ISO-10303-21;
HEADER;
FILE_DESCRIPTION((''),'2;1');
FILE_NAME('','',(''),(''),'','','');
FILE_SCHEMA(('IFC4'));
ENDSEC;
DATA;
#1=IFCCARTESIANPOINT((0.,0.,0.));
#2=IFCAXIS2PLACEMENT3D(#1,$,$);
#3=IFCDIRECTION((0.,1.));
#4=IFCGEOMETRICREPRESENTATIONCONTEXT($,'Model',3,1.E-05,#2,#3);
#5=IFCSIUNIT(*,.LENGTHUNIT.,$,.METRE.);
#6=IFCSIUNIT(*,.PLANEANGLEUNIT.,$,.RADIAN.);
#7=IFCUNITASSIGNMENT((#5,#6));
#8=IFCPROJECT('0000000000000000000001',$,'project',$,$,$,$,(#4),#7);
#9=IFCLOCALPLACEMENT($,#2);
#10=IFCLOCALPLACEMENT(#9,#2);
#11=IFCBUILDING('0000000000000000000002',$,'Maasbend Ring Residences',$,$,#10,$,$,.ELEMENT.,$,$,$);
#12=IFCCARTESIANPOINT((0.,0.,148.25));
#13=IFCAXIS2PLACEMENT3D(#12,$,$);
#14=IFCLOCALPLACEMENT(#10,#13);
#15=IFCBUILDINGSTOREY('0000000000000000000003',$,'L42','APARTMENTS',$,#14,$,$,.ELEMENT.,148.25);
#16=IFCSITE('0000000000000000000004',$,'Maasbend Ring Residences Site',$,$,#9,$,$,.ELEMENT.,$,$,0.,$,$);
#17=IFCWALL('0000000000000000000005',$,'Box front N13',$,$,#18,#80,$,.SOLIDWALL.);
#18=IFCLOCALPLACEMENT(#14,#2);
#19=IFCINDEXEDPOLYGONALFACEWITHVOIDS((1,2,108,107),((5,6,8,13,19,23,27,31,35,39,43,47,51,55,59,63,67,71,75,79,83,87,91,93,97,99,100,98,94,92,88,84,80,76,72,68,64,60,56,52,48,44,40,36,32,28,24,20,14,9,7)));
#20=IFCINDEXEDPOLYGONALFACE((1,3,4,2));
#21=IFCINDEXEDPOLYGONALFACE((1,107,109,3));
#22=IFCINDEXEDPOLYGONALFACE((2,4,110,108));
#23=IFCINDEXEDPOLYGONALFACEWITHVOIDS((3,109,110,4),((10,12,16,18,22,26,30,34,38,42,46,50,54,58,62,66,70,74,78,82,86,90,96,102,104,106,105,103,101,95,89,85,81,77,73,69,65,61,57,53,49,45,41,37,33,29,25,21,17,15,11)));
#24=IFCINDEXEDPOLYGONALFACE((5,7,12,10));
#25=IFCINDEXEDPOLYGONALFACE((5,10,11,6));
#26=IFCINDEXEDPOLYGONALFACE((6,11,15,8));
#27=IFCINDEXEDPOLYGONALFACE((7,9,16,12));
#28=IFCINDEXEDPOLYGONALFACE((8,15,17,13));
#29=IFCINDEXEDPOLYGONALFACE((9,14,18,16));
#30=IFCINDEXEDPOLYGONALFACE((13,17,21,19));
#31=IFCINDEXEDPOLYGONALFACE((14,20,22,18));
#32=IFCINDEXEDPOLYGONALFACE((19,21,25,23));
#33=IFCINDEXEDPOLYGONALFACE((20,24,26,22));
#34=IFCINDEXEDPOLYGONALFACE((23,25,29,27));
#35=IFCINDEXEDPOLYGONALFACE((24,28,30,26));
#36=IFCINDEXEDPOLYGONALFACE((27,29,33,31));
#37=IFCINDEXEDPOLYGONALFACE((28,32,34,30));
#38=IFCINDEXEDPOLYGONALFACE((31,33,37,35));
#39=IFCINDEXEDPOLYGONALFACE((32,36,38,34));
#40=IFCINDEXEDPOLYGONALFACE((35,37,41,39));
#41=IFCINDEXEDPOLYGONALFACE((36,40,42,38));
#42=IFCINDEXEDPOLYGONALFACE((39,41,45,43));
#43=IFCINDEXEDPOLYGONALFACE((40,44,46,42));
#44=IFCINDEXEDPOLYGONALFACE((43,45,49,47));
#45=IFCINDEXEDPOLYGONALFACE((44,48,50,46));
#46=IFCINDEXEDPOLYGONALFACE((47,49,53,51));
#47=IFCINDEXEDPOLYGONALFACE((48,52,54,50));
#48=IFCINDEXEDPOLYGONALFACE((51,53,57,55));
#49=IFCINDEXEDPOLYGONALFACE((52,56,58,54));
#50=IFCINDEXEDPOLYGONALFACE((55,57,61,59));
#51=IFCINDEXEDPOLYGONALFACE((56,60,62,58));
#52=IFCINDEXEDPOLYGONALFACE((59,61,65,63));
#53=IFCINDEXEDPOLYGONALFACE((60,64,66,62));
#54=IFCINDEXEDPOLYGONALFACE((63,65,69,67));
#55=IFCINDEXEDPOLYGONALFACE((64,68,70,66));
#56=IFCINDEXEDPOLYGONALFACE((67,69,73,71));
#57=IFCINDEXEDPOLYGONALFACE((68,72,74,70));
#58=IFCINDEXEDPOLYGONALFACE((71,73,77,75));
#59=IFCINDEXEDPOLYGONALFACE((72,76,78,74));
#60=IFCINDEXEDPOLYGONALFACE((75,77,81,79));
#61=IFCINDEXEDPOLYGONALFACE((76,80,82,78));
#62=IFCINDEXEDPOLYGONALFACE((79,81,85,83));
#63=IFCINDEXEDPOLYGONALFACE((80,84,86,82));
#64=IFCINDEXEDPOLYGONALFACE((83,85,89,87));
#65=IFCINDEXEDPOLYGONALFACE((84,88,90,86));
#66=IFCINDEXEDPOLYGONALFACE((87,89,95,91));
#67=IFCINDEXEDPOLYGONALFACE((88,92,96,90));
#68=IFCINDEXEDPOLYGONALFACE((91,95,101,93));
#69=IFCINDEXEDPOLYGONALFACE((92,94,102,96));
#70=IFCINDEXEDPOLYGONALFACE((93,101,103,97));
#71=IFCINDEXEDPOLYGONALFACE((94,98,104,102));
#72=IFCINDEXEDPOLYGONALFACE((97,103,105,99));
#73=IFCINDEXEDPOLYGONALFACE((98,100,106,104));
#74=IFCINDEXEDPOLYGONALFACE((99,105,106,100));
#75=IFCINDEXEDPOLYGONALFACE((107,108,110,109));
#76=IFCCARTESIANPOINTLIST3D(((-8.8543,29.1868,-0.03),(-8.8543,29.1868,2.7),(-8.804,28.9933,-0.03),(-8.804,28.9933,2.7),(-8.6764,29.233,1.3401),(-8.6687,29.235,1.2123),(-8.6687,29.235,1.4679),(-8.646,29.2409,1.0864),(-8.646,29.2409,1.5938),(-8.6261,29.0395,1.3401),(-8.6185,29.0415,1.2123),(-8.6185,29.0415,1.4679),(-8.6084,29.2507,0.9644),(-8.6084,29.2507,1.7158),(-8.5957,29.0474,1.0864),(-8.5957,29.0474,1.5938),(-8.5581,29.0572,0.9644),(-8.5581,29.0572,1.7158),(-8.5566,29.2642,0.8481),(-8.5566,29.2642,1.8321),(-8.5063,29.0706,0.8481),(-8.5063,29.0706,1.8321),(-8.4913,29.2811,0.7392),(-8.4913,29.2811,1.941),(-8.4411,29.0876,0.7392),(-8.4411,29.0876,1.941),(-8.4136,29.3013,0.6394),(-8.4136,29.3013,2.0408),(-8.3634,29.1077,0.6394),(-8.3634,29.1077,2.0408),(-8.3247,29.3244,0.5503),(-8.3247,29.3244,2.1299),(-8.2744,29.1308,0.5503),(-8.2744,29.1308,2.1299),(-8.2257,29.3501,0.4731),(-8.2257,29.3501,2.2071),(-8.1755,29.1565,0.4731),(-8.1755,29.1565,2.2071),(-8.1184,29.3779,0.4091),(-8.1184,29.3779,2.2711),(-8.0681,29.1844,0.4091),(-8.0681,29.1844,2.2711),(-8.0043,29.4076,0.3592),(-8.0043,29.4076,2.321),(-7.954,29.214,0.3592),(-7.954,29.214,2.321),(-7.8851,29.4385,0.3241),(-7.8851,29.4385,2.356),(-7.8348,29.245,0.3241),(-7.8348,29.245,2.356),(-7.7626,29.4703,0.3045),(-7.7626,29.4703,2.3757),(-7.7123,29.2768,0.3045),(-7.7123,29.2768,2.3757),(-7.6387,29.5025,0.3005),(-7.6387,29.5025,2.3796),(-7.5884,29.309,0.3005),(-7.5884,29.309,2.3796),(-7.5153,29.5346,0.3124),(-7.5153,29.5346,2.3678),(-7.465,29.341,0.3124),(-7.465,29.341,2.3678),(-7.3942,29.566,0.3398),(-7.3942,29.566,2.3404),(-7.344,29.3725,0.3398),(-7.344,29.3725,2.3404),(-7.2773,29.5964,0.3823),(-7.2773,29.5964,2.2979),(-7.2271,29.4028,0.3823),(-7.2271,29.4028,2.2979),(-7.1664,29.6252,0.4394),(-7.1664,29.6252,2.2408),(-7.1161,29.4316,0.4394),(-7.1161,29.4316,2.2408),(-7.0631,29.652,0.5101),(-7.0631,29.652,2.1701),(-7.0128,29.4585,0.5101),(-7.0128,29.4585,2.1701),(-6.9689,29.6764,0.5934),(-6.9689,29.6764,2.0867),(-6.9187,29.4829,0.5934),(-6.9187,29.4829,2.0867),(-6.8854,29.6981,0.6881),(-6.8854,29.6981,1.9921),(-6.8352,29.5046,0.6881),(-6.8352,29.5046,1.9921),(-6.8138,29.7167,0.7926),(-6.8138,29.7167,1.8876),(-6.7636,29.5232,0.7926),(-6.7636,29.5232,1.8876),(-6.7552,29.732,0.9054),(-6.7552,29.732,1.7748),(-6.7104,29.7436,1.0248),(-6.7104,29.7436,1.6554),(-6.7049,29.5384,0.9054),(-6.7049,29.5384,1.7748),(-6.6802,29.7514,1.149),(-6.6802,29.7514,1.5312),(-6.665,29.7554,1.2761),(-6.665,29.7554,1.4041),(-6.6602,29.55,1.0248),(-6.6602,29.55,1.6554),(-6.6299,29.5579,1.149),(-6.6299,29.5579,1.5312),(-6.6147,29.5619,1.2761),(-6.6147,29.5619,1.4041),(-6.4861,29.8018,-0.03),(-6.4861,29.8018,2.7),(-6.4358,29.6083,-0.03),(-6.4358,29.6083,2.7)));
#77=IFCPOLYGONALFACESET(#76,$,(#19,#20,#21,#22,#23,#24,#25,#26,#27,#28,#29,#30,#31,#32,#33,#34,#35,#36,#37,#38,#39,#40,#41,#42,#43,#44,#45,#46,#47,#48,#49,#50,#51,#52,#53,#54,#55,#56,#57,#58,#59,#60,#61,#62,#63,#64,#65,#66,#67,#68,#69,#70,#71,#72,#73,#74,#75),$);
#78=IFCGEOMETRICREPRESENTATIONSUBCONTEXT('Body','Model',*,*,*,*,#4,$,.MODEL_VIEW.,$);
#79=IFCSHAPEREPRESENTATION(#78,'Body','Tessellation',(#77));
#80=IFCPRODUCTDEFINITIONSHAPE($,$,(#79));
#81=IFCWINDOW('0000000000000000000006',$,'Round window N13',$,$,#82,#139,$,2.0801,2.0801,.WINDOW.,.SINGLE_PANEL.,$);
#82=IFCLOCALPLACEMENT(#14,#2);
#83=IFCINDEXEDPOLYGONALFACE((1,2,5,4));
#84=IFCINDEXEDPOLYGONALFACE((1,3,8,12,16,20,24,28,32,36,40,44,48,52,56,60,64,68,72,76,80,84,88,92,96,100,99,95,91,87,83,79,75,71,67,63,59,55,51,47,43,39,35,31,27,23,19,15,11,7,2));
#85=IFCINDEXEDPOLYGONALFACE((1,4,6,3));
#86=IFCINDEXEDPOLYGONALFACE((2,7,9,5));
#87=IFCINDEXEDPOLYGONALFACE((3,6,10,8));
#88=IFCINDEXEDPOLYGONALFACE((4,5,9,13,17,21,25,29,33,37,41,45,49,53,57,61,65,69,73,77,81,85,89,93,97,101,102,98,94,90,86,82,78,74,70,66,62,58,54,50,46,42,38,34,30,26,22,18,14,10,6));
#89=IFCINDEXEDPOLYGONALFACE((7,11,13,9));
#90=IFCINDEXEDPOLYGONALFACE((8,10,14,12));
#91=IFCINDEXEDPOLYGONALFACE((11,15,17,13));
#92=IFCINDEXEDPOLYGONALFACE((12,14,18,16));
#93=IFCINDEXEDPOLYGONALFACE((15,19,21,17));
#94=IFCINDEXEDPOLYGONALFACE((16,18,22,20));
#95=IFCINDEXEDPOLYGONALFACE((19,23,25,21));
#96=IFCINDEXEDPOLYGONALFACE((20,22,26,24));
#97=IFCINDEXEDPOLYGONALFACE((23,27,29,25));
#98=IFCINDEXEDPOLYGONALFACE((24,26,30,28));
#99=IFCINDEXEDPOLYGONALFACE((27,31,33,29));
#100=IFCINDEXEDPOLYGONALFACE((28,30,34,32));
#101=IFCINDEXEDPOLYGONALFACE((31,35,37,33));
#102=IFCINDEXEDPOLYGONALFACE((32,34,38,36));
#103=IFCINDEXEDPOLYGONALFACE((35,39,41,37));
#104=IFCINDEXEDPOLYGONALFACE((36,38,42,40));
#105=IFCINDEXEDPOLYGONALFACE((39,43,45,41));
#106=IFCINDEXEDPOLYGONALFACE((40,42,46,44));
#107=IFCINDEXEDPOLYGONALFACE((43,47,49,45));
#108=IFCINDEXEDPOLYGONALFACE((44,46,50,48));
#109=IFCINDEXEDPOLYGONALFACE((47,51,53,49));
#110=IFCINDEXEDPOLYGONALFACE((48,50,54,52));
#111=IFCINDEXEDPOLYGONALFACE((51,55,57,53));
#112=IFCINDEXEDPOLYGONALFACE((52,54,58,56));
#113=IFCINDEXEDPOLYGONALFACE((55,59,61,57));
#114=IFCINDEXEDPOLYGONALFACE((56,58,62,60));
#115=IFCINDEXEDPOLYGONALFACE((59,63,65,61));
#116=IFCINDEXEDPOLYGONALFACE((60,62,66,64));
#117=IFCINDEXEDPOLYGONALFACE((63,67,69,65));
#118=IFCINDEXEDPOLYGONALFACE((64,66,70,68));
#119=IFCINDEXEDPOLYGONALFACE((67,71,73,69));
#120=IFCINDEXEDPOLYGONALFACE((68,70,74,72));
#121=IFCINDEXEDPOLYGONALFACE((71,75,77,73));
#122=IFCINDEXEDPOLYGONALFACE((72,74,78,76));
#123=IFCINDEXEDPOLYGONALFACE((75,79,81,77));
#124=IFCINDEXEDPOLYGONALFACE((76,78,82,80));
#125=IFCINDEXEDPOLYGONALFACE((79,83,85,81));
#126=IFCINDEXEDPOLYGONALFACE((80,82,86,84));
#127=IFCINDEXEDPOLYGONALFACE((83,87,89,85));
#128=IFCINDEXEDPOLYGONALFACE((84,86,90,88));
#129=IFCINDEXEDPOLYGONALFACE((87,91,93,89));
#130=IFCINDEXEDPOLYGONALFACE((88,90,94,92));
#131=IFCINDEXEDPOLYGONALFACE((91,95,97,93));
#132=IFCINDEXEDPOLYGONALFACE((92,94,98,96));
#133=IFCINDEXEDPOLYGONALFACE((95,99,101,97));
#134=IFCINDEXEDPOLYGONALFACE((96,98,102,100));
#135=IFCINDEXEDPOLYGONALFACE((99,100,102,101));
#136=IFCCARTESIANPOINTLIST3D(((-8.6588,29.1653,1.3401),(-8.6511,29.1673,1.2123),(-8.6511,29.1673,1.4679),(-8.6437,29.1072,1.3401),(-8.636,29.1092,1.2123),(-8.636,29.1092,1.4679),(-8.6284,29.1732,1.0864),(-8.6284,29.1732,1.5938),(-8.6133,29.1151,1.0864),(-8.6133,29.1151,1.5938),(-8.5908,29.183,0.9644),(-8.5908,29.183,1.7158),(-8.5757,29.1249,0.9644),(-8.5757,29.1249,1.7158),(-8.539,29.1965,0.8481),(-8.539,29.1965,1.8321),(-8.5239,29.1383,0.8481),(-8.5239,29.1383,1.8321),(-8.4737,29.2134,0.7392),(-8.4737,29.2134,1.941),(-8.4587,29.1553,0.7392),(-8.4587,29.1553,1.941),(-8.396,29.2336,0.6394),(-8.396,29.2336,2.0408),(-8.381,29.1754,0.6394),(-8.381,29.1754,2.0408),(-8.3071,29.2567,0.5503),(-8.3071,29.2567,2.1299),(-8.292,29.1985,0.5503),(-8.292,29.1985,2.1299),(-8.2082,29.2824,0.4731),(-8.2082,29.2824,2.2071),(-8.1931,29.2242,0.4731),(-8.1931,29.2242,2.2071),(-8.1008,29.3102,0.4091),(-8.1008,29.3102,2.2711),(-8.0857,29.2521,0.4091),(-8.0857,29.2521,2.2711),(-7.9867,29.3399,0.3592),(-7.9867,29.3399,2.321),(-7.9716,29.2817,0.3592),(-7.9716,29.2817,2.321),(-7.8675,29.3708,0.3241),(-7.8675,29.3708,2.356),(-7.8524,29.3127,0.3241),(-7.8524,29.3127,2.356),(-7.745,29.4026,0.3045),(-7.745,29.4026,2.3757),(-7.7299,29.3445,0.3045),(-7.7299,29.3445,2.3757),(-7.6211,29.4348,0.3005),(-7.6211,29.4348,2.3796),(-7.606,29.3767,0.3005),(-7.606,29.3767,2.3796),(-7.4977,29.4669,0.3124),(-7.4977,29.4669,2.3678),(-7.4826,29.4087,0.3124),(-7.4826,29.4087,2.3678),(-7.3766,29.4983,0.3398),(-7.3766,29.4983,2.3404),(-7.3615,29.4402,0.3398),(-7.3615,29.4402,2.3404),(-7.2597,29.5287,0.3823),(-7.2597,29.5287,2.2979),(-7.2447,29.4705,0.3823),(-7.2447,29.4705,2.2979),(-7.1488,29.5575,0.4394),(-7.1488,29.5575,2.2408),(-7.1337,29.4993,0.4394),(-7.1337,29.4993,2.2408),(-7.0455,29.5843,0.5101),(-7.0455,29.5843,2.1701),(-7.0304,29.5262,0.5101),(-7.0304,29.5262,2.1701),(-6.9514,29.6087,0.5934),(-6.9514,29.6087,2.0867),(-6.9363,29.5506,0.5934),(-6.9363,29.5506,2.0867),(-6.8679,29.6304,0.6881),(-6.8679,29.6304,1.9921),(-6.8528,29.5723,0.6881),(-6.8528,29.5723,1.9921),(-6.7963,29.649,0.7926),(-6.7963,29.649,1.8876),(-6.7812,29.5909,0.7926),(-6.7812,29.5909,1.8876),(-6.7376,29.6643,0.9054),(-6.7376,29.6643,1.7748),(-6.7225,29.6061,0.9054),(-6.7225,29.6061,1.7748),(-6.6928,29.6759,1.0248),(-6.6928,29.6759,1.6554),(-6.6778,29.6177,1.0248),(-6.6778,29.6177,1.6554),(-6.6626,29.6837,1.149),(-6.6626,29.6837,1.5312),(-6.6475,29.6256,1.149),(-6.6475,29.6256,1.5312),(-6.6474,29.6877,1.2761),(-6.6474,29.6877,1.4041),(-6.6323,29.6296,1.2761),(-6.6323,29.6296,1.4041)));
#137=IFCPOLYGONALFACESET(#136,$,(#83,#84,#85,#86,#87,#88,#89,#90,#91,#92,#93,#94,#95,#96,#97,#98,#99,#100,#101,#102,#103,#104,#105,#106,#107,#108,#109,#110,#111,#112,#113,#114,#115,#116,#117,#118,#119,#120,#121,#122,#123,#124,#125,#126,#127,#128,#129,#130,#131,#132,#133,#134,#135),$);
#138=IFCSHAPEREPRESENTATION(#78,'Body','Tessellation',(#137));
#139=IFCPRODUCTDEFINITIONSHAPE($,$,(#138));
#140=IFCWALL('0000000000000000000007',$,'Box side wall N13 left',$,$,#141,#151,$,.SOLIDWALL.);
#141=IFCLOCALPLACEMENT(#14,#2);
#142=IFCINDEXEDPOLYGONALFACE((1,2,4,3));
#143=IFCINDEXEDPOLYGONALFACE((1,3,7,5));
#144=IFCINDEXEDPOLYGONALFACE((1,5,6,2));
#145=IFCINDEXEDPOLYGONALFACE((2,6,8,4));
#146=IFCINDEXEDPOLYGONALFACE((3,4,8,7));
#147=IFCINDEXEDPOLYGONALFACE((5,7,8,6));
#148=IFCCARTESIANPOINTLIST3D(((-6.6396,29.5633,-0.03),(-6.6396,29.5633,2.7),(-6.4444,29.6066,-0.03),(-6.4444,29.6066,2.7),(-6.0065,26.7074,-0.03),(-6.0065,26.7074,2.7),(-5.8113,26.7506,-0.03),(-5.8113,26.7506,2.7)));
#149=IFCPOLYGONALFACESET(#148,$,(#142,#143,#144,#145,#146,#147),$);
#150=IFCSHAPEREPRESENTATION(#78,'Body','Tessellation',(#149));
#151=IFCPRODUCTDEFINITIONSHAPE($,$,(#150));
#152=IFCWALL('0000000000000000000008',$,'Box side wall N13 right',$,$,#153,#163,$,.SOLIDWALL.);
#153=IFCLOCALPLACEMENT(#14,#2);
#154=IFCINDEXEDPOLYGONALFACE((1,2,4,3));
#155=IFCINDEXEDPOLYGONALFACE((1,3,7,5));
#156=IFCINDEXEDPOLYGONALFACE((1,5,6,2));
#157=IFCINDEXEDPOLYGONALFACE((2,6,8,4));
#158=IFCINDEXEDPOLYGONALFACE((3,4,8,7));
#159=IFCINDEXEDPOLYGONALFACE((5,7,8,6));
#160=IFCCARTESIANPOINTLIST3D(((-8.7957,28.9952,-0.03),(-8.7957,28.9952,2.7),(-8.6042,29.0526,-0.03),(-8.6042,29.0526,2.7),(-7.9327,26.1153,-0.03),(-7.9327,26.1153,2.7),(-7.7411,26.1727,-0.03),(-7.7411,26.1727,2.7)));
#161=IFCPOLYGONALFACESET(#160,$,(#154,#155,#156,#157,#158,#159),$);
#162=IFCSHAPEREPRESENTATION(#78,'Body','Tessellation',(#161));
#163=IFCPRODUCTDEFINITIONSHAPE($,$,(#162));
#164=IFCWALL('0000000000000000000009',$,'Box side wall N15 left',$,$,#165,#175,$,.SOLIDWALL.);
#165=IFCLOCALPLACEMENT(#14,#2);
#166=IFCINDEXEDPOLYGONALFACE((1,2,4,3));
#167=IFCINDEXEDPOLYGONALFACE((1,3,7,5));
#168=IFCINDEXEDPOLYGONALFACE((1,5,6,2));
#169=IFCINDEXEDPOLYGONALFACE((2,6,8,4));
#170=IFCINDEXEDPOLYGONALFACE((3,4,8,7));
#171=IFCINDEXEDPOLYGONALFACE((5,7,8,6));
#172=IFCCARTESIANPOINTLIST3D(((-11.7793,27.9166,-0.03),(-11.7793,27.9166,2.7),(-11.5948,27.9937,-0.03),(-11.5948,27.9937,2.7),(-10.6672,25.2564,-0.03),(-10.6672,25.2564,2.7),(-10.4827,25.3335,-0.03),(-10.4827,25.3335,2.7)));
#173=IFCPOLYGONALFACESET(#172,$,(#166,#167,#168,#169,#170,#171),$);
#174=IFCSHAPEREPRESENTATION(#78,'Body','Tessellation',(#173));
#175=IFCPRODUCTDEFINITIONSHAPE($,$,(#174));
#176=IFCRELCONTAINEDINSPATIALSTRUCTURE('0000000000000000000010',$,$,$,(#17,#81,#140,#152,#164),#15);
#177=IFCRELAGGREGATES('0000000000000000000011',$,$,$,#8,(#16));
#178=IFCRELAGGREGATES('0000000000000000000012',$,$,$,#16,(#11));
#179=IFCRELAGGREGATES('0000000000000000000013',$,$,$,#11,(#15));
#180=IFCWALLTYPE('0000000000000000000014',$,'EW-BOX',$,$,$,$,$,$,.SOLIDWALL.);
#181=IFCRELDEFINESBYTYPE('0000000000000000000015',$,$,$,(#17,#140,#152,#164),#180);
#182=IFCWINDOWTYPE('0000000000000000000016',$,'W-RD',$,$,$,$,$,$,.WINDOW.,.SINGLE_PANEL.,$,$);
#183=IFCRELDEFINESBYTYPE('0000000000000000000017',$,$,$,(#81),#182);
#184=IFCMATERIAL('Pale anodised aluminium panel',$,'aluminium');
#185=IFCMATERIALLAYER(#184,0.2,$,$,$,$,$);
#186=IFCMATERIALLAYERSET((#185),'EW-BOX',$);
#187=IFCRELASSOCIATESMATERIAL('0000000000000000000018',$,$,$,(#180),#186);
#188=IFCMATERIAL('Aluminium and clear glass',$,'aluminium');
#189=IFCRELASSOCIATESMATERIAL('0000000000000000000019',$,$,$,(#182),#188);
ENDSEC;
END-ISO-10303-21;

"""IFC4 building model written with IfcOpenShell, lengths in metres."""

from ifc_helpers import new_model, si_unit, direction, frame, frame_2d, origin, place, context, subcontext, project, spatial, rectangle, circle, extrude, material, layer, layer_set, type_object, element, fill, save


model = new_model("IFC4")

# Units and contexts
model_context = context("Model", 3, precision=1e-05, world=origin(), true_north=direction((0.0, 1.0)))
body_context = subcontext(model_context, "Body", "Model", "MODEL_VIEW")
ifc_project = project(units=[si_unit("LENGTHUNIT", "METRE"), si_unit("PLANEANGLEUNIT", "RADIAN")], contexts=[model_context])

# Site, building, storey
site_placement = place(None, origin())
site = spatial("IfcSite", under=ifc_project, at=site_placement, Name="Maasbend Ring Residences Site", CompositionType="ELEMENT", RefElevation=0.0)
building_placement = place(site_placement, origin())
building = spatial("IfcBuilding", under=site, at=building_placement, Name="Maasbend Ring Residences", CompositionType="ELEMENT")
storey_placement = place(building_placement, frame((0.0, 0.0, 148.25)))
storey = spatial("IfcBuildingStorey", under=building, at=storey_placement, Name="L42", Description="APARTMENTS", CompositionType="ELEMENT", Elevation=148.25)

# Shared definitions
ifc_material_1 = material(Name="Pale anodised aluminium panel", Category="aluminium")
ifc_layer_1 = layer(ifc_material_1, 0.2)
ifc_layer_set_1 = layer_set([ifc_layer_1], Name="EW-BOX")
wall_type_1 = type_object("IfcWallType", Name="EW-BOX", PredefinedType="SOLIDWALL", material=ifc_layer_set_1)

# Wall, opening, window
wall_1_placement = place(storey_placement, frame((-6.4609, 29.7051, -0.03), z_axis=(0.0, 0.0, 1.0), x_axis=(-0.967895, -0.251353, 0.0)))
wall_1 = element("IfcWall", 1, at=wall_1_placement, inside=storey, type_object=wall_type_1, Name="Box front N13", PredefinedType="SOLIDWALL", context=body_context, shape_type="SweptSolid", body=[
    extrude(rectangle(XDim=2.4468, YDim=0.2, at=frame_2d((1.2234, 0.0))), origin(), (0.0, 0.0, 1.0), 2.73),
])
opening_1_placement = place(wall_1_placement, frame((0.1829, 0.0, 0.3301)))
opening_1 = element("IfcOpeningElement", 2, at=opening_1_placement, cuts=wall_1, PredefinedType="OPENING", context=body_context, shape_type="SweptSolid", body=[
    extrude(circle(Radius=1.04, at=frame_2d((1.04, 1.04))), frame((0.0, 0.1099, 0.0), z_axis=(0.0, -1.0, 0.0), x_axis=(1.0, 0.0, 0.0)), (0.0, 0.0, 1.0), 0.22),
])
ifc_material_2 = material(Name="Aluminium and clear glass", Category="aluminium")
window_type_1 = type_object("IfcWindowType", Name="W-RD", PartitioningType="SINGLE_PANEL", PredefinedType="WINDOW", material=ifc_material_2)
window_1_placement = place(opening_1_placement, origin())
window_1 = element("IfcWindow", 3, at=window_1_placement, inside=storey, type_object=window_type_1, Name="Round window N13", OverallHeight=2.0801, OverallWidth=2.0801, PartitioningType="SINGLE_PANEL", PredefinedType="WINDOW", context=body_context, shape_type="SweptSolid", body=[
    extrude(circle(Radius=1.04, at=frame_2d((1.04, 1.04))), frame((0.0, 0.03, 0.0), z_axis=(0.0, -1.0, 0.0), x_axis=(1.0, 0.0, 0.0)), (0.0, 0.0, 1.0), 0.0601),
])
fill(opening_1, window_1)

# Walls
wall_2_placement = place(storey_placement, frame((-5.9089, 26.729, -0.03), z_axis=(0.0, 0.0, 1.0), x_axis=(-0.216409, 0.976303, 0.0)))
element("IfcWall", 4, at=wall_2_placement, inside=storey, type_object=wall_type_1, Name="Box side wall N13 left", PredefinedType="SOLIDWALL", context=body_context, shape_type="SweptSolid", body=[
    extrude(rectangle(XDim=2.9253, YDim=0.2, at=frame_2d((1.4626, 0.0))), origin(), (0.0, 0.0, 1.0), 2.73),
])
wall_3_placement = place(storey_placement, frame((-7.8369, 26.144, -0.03), z_axis=(0.0, 0.0, 1.0), x_axis=(-0.287065, 0.957911, 0.0)))
element("IfcWall", 5, at=wall_3_placement, inside=storey, type_object=wall_type_1, Name="Box side wall N13 right", PredefinedType="SOLIDWALL", context=body_context, shape_type="SweptSolid", body=[
    extrude(rectangle(XDim=3.0063, YDim=0.2, at=frame_2d((1.5032, 0.0))), origin(), (0.0, 0.0, 1.0), 2.73),
])
wall_4_placement = place(storey_placement, frame((-10.575, 25.2949, -0.03), z_axis=(0.0, 0.0, 1.0), x_axis=(-0.385697, 0.922625, 0.0)))
element("IfcWall", 6, at=wall_4_placement, inside=storey, type_object=wall_type_1, Name="Box side wall N15 left", PredefinedType="SOLIDWALL", context=body_context, shape_type="SweptSolid", body=[
    extrude(rectangle(XDim=2.8833, YDim=0.2, at=frame_2d((1.4417, 0.0))), origin(), (0.0, 0.0, 1.0), 2.73),
])

save(model, "model.ifc")
